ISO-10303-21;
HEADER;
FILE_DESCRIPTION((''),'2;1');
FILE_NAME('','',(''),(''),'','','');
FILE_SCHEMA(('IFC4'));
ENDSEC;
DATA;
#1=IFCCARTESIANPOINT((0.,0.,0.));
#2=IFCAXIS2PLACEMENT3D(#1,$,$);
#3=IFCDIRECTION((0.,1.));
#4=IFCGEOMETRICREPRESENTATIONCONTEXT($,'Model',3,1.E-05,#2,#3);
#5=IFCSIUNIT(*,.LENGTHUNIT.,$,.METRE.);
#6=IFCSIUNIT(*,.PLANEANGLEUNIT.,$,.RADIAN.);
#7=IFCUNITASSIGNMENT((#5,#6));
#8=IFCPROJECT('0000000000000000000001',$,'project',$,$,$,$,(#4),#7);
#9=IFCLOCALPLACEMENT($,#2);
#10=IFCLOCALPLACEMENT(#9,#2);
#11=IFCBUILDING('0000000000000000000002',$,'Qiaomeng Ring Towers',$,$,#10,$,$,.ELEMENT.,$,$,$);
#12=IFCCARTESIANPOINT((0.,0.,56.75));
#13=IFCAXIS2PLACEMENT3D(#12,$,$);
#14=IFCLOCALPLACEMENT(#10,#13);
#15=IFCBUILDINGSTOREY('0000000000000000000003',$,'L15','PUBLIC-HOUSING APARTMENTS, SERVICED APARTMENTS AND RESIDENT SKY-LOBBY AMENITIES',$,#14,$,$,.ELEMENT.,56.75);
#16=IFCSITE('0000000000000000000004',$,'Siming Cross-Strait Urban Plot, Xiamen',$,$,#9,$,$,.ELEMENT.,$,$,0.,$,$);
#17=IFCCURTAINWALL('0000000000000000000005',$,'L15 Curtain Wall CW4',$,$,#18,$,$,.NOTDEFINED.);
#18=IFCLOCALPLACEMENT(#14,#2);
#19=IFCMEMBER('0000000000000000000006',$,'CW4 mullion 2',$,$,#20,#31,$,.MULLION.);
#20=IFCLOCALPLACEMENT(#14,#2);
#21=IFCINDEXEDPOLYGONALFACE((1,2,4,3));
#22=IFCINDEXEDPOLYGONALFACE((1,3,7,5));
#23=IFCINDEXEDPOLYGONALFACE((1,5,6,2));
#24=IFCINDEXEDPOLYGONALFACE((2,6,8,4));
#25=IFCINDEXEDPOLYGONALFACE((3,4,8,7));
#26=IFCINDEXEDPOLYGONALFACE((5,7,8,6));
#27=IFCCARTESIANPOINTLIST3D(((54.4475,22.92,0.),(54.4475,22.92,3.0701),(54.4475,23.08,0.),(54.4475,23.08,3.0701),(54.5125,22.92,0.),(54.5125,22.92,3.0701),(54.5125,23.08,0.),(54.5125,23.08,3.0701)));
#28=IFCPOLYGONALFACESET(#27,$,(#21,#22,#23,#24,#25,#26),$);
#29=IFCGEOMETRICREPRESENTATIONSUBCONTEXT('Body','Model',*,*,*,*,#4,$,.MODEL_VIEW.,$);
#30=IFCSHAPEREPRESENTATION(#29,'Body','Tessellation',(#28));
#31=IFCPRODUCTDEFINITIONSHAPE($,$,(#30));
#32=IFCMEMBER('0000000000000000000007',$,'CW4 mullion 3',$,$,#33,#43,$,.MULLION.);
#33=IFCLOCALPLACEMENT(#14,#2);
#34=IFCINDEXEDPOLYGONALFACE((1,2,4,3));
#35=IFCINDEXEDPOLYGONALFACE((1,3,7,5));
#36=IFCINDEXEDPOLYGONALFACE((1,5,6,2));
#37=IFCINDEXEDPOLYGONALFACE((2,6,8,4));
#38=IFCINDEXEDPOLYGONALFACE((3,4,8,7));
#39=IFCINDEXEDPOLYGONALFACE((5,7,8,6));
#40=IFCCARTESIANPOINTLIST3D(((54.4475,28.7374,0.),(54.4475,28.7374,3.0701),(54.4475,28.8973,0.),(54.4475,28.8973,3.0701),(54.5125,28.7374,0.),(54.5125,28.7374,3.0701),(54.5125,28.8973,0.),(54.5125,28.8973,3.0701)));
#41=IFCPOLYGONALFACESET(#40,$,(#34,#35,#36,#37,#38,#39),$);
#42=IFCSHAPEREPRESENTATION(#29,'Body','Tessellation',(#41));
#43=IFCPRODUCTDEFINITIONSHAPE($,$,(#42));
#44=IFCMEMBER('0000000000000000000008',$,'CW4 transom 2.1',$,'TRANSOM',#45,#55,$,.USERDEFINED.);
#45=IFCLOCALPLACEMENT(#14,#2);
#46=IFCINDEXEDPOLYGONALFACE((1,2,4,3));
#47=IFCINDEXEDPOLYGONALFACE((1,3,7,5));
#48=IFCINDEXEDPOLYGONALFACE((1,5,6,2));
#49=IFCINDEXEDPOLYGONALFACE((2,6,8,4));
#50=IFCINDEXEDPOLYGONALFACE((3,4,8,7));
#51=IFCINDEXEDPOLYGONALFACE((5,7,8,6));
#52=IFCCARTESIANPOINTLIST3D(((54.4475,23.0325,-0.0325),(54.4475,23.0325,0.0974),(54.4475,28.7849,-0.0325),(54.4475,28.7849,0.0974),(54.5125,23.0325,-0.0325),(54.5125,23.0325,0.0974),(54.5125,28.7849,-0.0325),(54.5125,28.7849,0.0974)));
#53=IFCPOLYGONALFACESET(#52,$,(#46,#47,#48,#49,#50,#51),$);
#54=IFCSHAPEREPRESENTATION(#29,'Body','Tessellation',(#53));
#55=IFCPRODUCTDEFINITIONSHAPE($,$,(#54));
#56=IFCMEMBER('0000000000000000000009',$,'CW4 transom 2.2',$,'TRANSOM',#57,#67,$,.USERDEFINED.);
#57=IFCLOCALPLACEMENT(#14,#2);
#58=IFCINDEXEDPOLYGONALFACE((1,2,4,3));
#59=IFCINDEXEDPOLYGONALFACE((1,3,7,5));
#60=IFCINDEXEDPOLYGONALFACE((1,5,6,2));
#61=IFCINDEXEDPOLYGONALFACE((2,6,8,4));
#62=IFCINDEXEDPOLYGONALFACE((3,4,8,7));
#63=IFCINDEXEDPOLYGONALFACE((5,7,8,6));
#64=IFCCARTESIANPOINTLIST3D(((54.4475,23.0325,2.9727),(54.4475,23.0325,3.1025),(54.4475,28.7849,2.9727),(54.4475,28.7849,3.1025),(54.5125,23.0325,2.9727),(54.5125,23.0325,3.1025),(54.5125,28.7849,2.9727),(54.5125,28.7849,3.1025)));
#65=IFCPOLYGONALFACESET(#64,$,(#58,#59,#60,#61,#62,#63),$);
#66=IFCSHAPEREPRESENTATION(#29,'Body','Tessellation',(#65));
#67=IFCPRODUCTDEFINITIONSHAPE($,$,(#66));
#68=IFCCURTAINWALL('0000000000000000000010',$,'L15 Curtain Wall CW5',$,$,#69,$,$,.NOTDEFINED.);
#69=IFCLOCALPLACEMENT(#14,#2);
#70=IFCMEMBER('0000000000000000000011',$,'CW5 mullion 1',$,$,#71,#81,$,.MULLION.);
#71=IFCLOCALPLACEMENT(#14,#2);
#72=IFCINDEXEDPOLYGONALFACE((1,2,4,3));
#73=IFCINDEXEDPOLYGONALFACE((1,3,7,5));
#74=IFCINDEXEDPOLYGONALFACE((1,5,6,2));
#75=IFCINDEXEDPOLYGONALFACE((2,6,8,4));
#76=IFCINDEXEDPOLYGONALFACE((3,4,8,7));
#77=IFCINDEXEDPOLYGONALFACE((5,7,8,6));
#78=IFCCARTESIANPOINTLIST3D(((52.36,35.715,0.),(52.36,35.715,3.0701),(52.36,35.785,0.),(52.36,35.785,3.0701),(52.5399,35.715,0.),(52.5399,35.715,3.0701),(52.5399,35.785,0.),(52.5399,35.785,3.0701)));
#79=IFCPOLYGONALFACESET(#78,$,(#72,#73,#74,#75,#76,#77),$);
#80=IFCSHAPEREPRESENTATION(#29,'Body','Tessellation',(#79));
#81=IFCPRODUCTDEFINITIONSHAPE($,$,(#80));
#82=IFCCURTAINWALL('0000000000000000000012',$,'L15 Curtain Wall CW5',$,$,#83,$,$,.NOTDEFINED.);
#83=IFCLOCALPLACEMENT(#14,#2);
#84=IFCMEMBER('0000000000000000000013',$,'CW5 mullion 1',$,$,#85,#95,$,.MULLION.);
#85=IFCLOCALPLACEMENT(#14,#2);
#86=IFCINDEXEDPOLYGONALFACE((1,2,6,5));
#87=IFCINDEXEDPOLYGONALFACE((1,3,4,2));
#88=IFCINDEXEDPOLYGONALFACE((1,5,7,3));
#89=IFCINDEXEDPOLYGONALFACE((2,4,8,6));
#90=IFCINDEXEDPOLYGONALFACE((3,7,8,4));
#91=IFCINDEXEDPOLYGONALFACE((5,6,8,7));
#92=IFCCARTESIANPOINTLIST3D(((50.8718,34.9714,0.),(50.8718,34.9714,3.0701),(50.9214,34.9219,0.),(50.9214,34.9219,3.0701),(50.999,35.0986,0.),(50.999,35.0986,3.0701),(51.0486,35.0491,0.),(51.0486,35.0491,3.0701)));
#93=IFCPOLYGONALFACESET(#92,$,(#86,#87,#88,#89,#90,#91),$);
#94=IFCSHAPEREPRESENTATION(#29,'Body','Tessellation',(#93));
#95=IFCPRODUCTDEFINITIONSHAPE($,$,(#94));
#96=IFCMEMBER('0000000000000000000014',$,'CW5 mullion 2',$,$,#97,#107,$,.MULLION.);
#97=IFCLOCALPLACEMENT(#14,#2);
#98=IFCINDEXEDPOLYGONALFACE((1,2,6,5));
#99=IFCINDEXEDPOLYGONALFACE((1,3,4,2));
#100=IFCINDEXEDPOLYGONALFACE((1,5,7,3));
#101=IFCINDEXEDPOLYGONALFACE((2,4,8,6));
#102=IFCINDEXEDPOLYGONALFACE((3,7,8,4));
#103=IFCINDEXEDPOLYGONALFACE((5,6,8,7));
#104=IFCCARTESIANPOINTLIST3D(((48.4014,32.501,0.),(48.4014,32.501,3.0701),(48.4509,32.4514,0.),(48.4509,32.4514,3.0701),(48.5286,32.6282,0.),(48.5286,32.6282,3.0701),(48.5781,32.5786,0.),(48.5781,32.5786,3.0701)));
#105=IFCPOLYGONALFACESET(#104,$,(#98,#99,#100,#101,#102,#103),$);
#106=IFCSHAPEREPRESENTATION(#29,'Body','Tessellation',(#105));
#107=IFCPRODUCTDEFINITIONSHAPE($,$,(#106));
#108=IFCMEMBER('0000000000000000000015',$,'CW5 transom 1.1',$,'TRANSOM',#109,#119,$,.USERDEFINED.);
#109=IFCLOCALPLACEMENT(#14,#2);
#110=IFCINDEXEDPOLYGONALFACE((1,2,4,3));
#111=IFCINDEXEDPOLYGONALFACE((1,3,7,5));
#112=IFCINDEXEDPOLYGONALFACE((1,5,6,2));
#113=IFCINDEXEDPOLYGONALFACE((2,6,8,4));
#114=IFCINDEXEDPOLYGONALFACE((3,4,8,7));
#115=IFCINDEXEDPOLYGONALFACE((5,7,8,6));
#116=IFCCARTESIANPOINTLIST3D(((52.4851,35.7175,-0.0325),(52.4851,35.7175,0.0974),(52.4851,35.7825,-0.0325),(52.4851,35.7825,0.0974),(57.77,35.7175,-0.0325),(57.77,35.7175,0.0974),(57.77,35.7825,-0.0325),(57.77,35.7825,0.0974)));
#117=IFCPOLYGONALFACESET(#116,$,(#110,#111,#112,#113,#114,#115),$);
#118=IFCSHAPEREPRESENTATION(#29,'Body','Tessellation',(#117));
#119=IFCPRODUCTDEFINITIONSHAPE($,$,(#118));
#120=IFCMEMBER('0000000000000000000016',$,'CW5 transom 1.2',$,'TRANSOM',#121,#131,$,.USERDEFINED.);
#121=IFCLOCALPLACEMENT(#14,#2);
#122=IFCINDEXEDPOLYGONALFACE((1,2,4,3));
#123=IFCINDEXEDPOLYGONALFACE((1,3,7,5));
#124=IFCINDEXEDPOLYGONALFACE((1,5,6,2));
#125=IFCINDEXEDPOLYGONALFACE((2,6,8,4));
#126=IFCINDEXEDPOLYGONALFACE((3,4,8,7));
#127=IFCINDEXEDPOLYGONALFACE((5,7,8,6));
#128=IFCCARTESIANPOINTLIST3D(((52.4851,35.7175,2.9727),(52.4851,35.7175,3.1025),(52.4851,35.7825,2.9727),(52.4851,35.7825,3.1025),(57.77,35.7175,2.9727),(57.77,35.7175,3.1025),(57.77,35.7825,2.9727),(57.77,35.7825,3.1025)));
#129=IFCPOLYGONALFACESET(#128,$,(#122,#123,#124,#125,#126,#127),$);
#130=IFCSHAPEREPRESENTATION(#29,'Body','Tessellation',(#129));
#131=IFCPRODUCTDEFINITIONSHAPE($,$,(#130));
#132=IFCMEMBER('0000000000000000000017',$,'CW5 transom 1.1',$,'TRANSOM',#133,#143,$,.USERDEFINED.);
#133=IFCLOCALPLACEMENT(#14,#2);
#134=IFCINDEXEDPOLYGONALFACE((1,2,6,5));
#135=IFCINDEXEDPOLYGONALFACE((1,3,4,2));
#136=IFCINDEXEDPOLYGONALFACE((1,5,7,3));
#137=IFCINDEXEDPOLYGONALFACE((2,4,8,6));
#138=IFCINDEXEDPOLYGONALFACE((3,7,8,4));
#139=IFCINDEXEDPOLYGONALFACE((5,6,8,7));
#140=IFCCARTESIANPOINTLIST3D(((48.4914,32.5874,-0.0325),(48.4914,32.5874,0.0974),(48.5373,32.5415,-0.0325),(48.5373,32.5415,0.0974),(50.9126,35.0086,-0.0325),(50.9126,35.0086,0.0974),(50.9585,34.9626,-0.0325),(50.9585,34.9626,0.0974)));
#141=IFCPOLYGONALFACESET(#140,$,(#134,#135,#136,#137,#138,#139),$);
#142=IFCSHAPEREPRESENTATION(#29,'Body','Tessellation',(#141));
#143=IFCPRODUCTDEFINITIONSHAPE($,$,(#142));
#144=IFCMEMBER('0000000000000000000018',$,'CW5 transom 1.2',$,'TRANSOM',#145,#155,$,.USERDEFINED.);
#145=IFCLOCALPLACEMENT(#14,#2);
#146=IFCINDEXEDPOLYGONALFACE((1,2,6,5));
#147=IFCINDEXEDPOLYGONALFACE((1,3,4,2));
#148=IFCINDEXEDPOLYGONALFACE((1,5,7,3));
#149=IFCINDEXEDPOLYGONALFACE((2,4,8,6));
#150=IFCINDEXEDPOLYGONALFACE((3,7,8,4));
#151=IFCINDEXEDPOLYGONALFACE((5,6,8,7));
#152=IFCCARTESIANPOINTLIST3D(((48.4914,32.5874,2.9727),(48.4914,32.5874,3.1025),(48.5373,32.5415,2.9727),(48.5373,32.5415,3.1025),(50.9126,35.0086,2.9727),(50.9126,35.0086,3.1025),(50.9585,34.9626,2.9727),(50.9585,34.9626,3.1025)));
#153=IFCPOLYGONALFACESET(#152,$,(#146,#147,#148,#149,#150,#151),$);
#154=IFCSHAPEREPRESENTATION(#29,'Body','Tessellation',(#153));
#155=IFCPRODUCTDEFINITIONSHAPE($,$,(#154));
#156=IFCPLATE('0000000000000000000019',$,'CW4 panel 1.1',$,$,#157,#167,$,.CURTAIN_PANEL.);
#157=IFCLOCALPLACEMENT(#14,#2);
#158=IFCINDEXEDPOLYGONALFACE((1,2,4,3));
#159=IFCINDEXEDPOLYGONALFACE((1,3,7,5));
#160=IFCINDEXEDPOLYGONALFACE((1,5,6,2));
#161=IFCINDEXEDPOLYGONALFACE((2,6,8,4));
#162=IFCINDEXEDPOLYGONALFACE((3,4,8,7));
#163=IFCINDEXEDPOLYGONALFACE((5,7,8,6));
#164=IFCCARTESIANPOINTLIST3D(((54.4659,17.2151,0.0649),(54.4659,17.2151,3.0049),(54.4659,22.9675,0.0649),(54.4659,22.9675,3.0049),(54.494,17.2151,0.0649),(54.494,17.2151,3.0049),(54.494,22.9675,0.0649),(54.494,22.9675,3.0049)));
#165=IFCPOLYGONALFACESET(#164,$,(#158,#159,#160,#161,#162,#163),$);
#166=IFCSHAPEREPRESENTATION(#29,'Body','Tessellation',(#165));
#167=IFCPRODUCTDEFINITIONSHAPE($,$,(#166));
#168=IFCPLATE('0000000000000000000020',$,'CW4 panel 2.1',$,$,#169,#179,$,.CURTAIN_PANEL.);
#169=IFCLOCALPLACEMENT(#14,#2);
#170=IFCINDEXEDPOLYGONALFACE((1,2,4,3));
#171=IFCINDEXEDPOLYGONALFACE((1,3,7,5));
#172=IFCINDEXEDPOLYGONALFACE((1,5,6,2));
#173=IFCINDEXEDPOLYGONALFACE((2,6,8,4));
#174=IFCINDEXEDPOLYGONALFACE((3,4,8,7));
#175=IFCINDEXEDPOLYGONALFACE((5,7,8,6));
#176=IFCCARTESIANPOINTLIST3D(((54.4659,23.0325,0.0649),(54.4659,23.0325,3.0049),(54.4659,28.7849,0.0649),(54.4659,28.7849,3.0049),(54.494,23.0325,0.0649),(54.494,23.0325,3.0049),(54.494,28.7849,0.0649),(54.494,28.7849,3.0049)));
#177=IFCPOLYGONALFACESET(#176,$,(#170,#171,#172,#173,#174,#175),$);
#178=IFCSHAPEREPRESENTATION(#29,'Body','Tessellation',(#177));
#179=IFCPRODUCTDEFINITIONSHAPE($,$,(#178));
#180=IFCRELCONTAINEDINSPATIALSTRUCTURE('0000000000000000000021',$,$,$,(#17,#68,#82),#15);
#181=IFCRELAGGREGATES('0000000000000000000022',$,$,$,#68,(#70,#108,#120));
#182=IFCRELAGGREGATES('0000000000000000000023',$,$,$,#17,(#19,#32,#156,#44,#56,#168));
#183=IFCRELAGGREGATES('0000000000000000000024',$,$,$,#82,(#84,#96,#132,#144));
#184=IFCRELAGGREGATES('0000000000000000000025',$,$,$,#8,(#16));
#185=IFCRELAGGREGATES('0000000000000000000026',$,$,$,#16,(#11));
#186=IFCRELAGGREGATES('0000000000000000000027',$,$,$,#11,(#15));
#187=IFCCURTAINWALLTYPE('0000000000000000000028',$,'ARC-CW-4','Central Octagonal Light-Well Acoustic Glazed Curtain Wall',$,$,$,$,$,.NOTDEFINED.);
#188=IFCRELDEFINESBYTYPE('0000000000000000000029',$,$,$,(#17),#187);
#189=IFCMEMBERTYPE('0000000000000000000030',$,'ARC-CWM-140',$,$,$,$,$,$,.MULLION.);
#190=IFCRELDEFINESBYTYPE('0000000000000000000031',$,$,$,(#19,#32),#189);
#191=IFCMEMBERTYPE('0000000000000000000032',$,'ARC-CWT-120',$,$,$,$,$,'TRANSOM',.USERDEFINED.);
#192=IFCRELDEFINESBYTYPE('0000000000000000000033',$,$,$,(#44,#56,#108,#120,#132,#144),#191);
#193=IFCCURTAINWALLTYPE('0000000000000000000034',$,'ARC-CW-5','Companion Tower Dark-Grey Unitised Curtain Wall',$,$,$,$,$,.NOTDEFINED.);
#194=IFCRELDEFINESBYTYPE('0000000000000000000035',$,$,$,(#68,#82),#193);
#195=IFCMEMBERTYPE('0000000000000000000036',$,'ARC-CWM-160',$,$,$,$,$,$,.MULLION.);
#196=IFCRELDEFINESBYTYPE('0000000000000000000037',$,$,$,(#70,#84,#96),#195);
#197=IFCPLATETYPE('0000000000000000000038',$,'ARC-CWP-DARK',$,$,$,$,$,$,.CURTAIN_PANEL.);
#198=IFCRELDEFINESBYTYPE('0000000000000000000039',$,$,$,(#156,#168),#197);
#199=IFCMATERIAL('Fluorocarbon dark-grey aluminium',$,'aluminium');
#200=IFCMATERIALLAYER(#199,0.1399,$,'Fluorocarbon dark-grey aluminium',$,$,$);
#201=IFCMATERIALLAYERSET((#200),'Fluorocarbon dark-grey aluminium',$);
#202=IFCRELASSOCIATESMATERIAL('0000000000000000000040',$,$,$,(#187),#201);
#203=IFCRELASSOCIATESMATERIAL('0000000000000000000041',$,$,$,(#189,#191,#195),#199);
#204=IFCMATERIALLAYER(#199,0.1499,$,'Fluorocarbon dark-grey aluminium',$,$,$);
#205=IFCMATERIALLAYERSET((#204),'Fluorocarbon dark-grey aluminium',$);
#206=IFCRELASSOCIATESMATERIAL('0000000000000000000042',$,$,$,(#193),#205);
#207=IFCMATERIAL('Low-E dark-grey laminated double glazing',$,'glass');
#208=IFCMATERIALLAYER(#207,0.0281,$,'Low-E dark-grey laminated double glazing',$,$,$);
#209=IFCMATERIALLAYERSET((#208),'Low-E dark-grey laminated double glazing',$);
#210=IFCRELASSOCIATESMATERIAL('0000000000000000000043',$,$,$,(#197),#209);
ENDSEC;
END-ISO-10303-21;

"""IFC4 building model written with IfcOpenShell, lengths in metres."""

from ifc_helpers import new_model, si_unit, direction, frame, origin, origin_2d, place, context, subcontext, project, spatial, rectangle, extrude, source, transform, mapped, material, layer, layer_set, material_profile, profile_set, type_object, element, aggregate, save


model = new_model("IFC4")

# Units and contexts
model_context = context("Model", 3, precision=1e-05, world=origin(), true_north=direction((0.0, 1.0)))
body_context = subcontext(model_context, "Body", "Model", "MODEL_VIEW")
ifc_project = project(units=[si_unit("LENGTHUNIT", "METRE"), si_unit("PLANEANGLEUNIT", "RADIAN")], contexts=[model_context])

# Site, building, storey
site_placement = place(None, origin())
site = spatial("IfcSite", under=ifc_project, at=site_placement, Name="Siming Cross-Strait Urban Plot, Xiamen", CompositionType="ELEMENT", RefElevation=0.0)
building_placement = place(site_placement, origin())
building = spatial("IfcBuilding", under=site, at=building_placement, Name="Qiaomeng Ring Towers", CompositionType="ELEMENT")
storey_placement = place(building_placement, frame((0.0, 0.0, 56.75)))
storey = spatial("IfcBuildingStorey", under=building, at=storey_placement, Name="L15", Description="PUBLIC-HOUSING APARTMENTS, SERVICED APARTMENTS AND RESIDENT SKY-LOBBY AMENITIES", CompositionType="ELEMENT", Elevation=56.75)

# Curtain wall, members
ifc_material_1 = material(Name="Fluorocarbon dark-grey aluminium", Category="aluminium")
ifc_layer_1 = layer(ifc_material_1, 0.1399, Name="Fluorocarbon dark-grey aluminium")
ifc_layer_set_1 = layer_set([ifc_layer_1], Name="Fluorocarbon dark-grey aluminium")
curtain_wall_type_1 = type_object("IfcCurtainWallType", Name="ARC-CW-4", Description="Central Octagonal Light-Well Acoustic Glazed Curtain Wall", PredefinedType="NOTDEFINED", material=ifc_layer_set_1)
curtain_wall_1_placement = place(storey_placement, origin())
curtain_wall_1 = element("IfcCurtainWall", 1, at=curtain_wall_1_placement, inside=storey, type_object=curtain_wall_type_1, Name="L15 Curtain Wall CW4", PredefinedType="NOTDEFINED")
ifc_material_profile_1 = material_profile(ifc_material_1, rectangle(XDim=0.0649, YDim=0.1599, at=origin_2d()), Name="ALU MULL 65x160")
ifc_profile_set_1 = profile_set([ifc_material_profile_1], Name="Fluorocarbon dark-grey aluminium")
member_type_1 = type_object("IfcMemberType", Name="ARC-CWM-140", PredefinedType="MULLION", material=ifc_profile_set_1)
shared_shape_1 = source(origin(), body_context, "Body", "SweptSolid", [
    extrude(rectangle(XDim=0.0649, YDim=0.1599, at=origin_2d()), origin(), (0.0, 0.0, 1.0), 3.0701),
])
member_1_placement = place(storey_placement, frame((54.48, 23.0, 0.0), z_axis=(0.0, 0.0, 1.0), x_axis=(-1.0, 0.0, 0.0)))
member_1 = element("IfcMember", 2, at=member_1_placement, type_object=member_type_1, Name="CW4 mullion 2", PredefinedType="MULLION", context=body_context, shape_type="MappedRepresentation", body=[
    mapped(shared_shape_1, transform((0.0, 0.0, 0.0), x_axis=(1.0, 0.0, 0.0), y_axis=(0.0, 1.0, 0.0), z_axis=(0.0, 0.0, 1.0), scale=1.0)),
])
member_2_placement = place(storey_placement, frame((54.48, 28.8174, 0.0), z_axis=(0.0, 0.0, 1.0), x_axis=(-1.0, 0.0, 0.0)))
member_2 = element("IfcMember", 3, at=member_2_placement, type_object=member_type_1, Name="CW4 mullion 3", PredefinedType="MULLION", context=body_context, shape_type="MappedRepresentation", body=[
    mapped(shared_shape_1, transform((0.0, 0.0, 0.0), x_axis=(1.0, 0.0, 0.0), y_axis=(0.0, 1.0, 0.0), z_axis=(0.0, 0.0, 1.0), scale=1.0)),
])
ifc_material_profile_2 = material_profile(ifc_material_1, rectangle(XDim=0.0649, YDim=0.1299, at=origin_2d()), Name="ALU TRAN 65x130")
ifc_profile_set_2 = profile_set([ifc_material_profile_2], Name="Fluorocarbon dark-grey aluminium")
member_type_2 = type_object("IfcMemberType", Name="ARC-CWT-120", ElementType="TRANSOM", PredefinedType="USERDEFINED", material=ifc_profile_set_2)
shared_shape_2 = source(origin(), body_context, "Body", "SweptSolid", [
    extrude(rectangle(XDim=0.0649, YDim=0.1299, at=origin_2d()), origin(), (0.0, 0.0, 1.0), 5.7524),
])
member_3_placement = place(storey_placement, frame((54.48, 23.0325, 0.0325), z_axis=(0.0, 1.0, 0.0), x_axis=(-1.0, 0.0, 0.0)))
member_3 = element("IfcMember", 4, at=member_3_placement, type_object=member_type_2, Name="CW4 transom 2.1", ObjectType="TRANSOM", PredefinedType="USERDEFINED", context=body_context, shape_type="MappedRepresentation", body=[
    mapped(shared_shape_2, transform((0.0, 0.0, 0.0), x_axis=(1.0, 0.0, 0.0), y_axis=(0.0, 1.0, 0.0), z_axis=(0.0, 0.0, 1.0), scale=1.0)),
])
member_4_placement = place(storey_placement, frame((54.48, 23.0325, 3.0376), z_axis=(0.0, 1.0, 0.0), x_axis=(-1.0, 0.0, 0.0)))
member_4 = element("IfcMember", 5, at=member_4_placement, type_object=member_type_2, Name="CW4 transom 2.2", ObjectType="TRANSOM", PredefinedType="USERDEFINED", context=body_context, shape_type="MappedRepresentation", body=[
    mapped(shared_shape_2, transform((0.0, 0.0, 0.0), x_axis=(1.0, 0.0, 0.0), y_axis=(0.0, 1.0, 0.0), z_axis=(0.0, 0.0, 1.0), scale=1.0)),
])

# Curtain wall, member
ifc_layer_2 = layer(ifc_material_1, 0.1499, Name="Fluorocarbon dark-grey aluminium")
ifc_layer_set_2 = layer_set([ifc_layer_2], Name="Fluorocarbon dark-grey aluminium")
curtain_wall_type_2 = type_object("IfcCurtainWallType", Name="ARC-CW-5", Description="Companion Tower Dark-Grey Unitised Curtain Wall", PredefinedType="NOTDEFINED", material=ifc_layer_set_2)
curtain_wall_2_placement = place(storey_placement, origin())
curtain_wall_2 = element("IfcCurtainWall", 6, at=curtain_wall_2_placement, inside=storey, type_object=curtain_wall_type_2, Name="L15 Curtain Wall CW5", PredefinedType="NOTDEFINED")
ifc_material_profile_3 = material_profile(ifc_material_1, rectangle(XDim=0.0701, YDim=0.1799, at=origin_2d()), Name="ALU MULL 70x180")
ifc_profile_set_3 = profile_set([ifc_material_profile_3], Name="Fluorocarbon dark-grey aluminium")
member_type_3 = type_object("IfcMemberType", Name="ARC-CWM-160", PredefinedType="MULLION", material=ifc_profile_set_3)
shared_shape_3 = source(origin(), body_context, "Body", "SweptSolid", [
    extrude(rectangle(XDim=0.0701, YDim=0.1799, at=origin_2d()), origin(), (0.0, 0.0, 1.0), 3.0701),
])
member_5_placement = place(storey_placement, frame((52.45, 35.75, 0.0), z_axis=(0.0, 0.0, 1.0), x_axis=(0.0, 1.0, 0.0)))
member_5 = element("IfcMember", 7, at=member_5_placement, type_object=member_type_3, Name="CW5 mullion 1", PredefinedType="MULLION", context=body_context, shape_type="MappedRepresentation", body=[
    mapped(shared_shape_3, transform((0.0, 0.0, 0.0), x_axis=(1.0, 0.0, 0.0), y_axis=(0.0, 1.0, 0.0), z_axis=(0.0, 0.0, 1.0), scale=1.0)),
])

# Curtain wall, members
curtain_wall_3_placement = place(storey_placement, origin())
curtain_wall_3 = element("IfcCurtainWall", 8, at=curtain_wall_3_placement, inside=storey, type_object=curtain_wall_type_2, Name="L15 Curtain Wall CW5", PredefinedType="NOTDEFINED")
member_6_placement = place(storey_placement, frame((50.9602, 35.0103, 0.0), z_axis=(0.0, 0.0, 1.0), x_axis=(0.707107, -0.707107, 0.0)))
member_6 = element("IfcMember", 9, at=member_6_placement, type_object=member_type_3, Name="CW5 mullion 1", PredefinedType="MULLION", context=body_context, shape_type="MappedRepresentation", body=[
    mapped(shared_shape_3, transform((0.0, 0.0, 0.0), x_axis=(1.0, 0.0, 0.0), y_axis=(0.0, 1.0, 0.0), z_axis=(0.0, 0.0, 1.0), scale=1.0)),
])
member_7_placement = place(storey_placement, frame((48.4897, 32.5398, 0.0), z_axis=(0.0, 0.0, 1.0), x_axis=(0.707107, -0.707107, 0.0)))
member_7 = element("IfcMember", 10, at=member_7_placement, type_object=member_type_3, Name="CW5 mullion 2", PredefinedType="MULLION", context=body_context, shape_type="MappedRepresentation", body=[
    mapped(shared_shape_3, transform((0.0, 0.0, 0.0), x_axis=(1.0, 0.0, 0.0), y_axis=(0.0, 1.0, 0.0), z_axis=(0.0, 0.0, 1.0), scale=1.0)),
])

# Members
shared_shape_4 = source(origin(), body_context, "Body", "SweptSolid", [
    extrude(rectangle(XDim=0.0649, YDim=0.1299, at=origin_2d()), origin(), (0.0, 0.0, 1.0), 5.2849),
])
member_8_placement = place(storey_placement, frame((52.4851, 35.75, 0.0325), z_axis=(1.0, 0.0, 0.0), x_axis=(0.0, 1.0, 0.0)))
member_8 = element("IfcMember", 11, at=member_8_placement, type_object=member_type_2, Name="CW5 transom 1.1", ObjectType="TRANSOM", PredefinedType="USERDEFINED", context=body_context, shape_type="MappedRepresentation", body=[
    mapped(shared_shape_4, transform((0.0, 0.0, 0.0), x_axis=(1.0, 0.0, 0.0), y_axis=(0.0, 1.0, 0.0), z_axis=(0.0, 0.0, 1.0), scale=1.0)),
])
member_9_placement = place(storey_placement, frame((52.4851, 35.75, 3.0376), z_axis=(1.0, 0.0, 0.0), x_axis=(0.0, 1.0, 0.0)))
member_9 = element("IfcMember", 12, at=member_9_placement, type_object=member_type_2, Name="CW5 transom 1.2", ObjectType="TRANSOM", PredefinedType="USERDEFINED", context=body_context, shape_type="MappedRepresentation", body=[
    mapped(shared_shape_4, transform((0.0, 0.0, 0.0), x_axis=(1.0, 0.0, 0.0), y_axis=(0.0, 1.0, 0.0), z_axis=(0.0, 0.0, 1.0), scale=1.0)),
])
aggregate(curtain_wall_2, [member_5, member_8, member_9])
shared_shape_5 = source(origin(), body_context, "Body", "SweptSolid", [
    extrude(rectangle(XDim=0.0649, YDim=0.1299, at=origin_2d()), origin(), (0.0, 0.0, 1.0), 3.4241),
])
member_10_placement = place(storey_placement, frame((50.9355, 34.9856, 0.0325), z_axis=(-0.707107, -0.707107, 0.0), x_axis=(0.707107, -0.707107, 0.0)))
member_10 = element("IfcMember", 13, at=member_10_placement, type_object=member_type_2, Name="CW5 transom 1.1", ObjectType="TRANSOM", PredefinedType="USERDEFINED", context=body_context, shape_type="MappedRepresentation", body=[
    mapped(shared_shape_5, transform((0.0, 0.0, 0.0), x_axis=(1.0, 0.0, 0.0), y_axis=(0.0, 1.0, 0.0), z_axis=(0.0, 0.0, 1.0), scale=1.0)),
])
member_11_placement = place(storey_placement, frame((50.9355, 34.9856, 3.0376), z_axis=(-0.707107, -0.707107, 0.0), x_axis=(0.707107, -0.707107, 0.0)))
member_11 = element("IfcMember", 14, at=member_11_placement, type_object=member_type_2, Name="CW5 transom 1.2", ObjectType="TRANSOM", PredefinedType="USERDEFINED", context=body_context, shape_type="MappedRepresentation", body=[
    mapped(shared_shape_5, transform((0.0, 0.0, 0.0), x_axis=(1.0, 0.0, 0.0), y_axis=(0.0, 1.0, 0.0), z_axis=(0.0, 0.0, 1.0), scale=1.0)),
])

# Plates
ifc_material_2 = material(Name="Low-E dark-grey laminated double glazing", Category="glass")
ifc_layer_3 = layer(ifc_material_2, 0.0281, Name="Low-E dark-grey laminated double glazing")
ifc_layer_set_3 = layer_set([ifc_layer_3], Name="Low-E dark-grey laminated double glazing")
plate_type = type_object("IfcPlateType", Name="ARC-CWP-DARK", PredefinedType="CURTAIN_PANEL", material=ifc_layer_set_3)
shared_shape_6 = source(origin(), body_context, "Body", "SweptSolid", [
    extrude(rectangle(XDim=5.7524, YDim=0.0281, at=origin_2d()), origin(), (0.0, 0.0, 1.0), 2.9399),
])
plate_1_placement = place(storey_placement, frame((54.48, 20.0913, 0.0649), z_axis=(0.0, 0.0, 1.0), x_axis=(0.0, 1.0, 0.0)))
plate_1 = element("IfcPlate", 15, at=plate_1_placement, type_object=plate_type, Name="CW4 panel 1.1", PredefinedType="CURTAIN_PANEL", context=body_context, shape_type="MappedRepresentation", body=[
    mapped(shared_shape_6, transform((0.0, 0.0, 0.0), x_axis=(1.0, 0.0, 0.0), y_axis=(0.0, 1.0, 0.0), z_axis=(0.0, 0.0, 1.0), scale=1.0)),
])
plate_2_placement = place(storey_placement, frame((54.48, 25.9087, 0.0649), z_axis=(0.0, 0.0, 1.0), x_axis=(0.0, 1.0, 0.0)))
plate_2 = element("IfcPlate", 16, at=plate_2_placement, type_object=plate_type, Name="CW4 panel 2.1", PredefinedType="CURTAIN_PANEL", context=body_context, shape_type="MappedRepresentation", body=[
    mapped(shared_shape_6, transform((0.0, 0.0, 0.0), x_axis=(1.0, 0.0, 0.0), y_axis=(0.0, 1.0, 0.0), z_axis=(0.0, 0.0, 1.0), scale=1.0)),
])
aggregate(curtain_wall_1, [member_1, member_2, plate_1, member_3, member_4, plate_2])
aggregate(curtain_wall_3, [member_6, member_7, member_10, member_11])

save(model, "model.ifc")
